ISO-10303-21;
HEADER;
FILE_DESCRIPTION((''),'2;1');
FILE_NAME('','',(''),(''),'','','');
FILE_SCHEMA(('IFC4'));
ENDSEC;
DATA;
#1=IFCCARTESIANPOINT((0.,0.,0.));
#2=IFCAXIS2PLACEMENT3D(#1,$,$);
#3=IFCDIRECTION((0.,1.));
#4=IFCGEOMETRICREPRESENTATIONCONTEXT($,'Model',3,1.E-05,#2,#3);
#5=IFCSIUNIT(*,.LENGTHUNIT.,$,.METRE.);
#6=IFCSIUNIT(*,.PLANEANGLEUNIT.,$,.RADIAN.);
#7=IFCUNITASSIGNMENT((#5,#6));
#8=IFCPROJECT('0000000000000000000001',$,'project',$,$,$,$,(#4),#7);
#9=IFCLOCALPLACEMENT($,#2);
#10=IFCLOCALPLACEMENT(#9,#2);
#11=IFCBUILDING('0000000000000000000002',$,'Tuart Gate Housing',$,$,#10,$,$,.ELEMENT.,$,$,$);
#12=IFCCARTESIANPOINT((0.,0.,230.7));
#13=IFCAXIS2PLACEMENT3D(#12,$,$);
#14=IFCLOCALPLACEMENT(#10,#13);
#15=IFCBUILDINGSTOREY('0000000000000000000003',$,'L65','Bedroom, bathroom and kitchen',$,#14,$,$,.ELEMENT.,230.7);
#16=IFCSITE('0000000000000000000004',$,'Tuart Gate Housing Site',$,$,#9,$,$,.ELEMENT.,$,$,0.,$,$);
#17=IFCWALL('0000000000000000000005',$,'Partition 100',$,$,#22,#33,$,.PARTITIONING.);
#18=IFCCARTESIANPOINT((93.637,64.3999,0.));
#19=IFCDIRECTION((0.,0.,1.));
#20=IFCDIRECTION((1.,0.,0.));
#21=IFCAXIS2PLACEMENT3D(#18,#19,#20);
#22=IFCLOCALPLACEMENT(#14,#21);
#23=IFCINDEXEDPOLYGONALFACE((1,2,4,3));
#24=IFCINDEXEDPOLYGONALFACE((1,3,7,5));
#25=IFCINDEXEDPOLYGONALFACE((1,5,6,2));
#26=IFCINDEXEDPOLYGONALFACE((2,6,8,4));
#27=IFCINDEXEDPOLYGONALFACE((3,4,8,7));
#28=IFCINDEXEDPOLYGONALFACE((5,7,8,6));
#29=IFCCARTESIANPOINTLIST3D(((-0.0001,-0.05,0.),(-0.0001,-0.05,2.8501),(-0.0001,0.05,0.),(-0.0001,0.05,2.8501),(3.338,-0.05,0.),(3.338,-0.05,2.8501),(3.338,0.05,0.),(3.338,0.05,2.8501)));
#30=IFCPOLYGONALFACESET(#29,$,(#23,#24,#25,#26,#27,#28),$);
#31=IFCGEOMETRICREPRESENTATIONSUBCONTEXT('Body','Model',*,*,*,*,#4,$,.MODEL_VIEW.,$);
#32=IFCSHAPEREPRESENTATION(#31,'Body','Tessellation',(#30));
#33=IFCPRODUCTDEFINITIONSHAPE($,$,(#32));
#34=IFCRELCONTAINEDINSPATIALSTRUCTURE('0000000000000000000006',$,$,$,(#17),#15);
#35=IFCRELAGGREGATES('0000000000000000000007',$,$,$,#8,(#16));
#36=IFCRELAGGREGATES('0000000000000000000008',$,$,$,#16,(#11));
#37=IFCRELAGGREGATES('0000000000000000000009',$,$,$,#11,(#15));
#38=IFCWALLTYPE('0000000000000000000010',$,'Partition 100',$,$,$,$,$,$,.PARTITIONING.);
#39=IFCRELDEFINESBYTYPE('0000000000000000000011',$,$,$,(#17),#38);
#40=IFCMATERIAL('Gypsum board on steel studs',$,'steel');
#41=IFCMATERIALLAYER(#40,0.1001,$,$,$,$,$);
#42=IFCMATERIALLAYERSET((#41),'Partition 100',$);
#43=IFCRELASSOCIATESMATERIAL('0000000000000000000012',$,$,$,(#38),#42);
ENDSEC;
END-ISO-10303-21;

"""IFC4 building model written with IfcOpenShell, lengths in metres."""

from ifc_helpers import new_model, si_unit, direction, frame, frame_2d, origin, place, context, subcontext, project, spatial, rectangle, extrude, material, layer, layer_set, type_object, element, save


model = new_model("IFC4")

# Units and contexts
model_context = context("Model", 3, precision=1e-05, world=origin(), true_north=direction((0.0, 1.0)))
body_context = subcontext(model_context, "Body", "Model", "MODEL_VIEW")
ifc_project = project(units=[si_unit("LENGTHUNIT", "METRE"), si_unit("PLANEANGLEUNIT", "RADIAN")], contexts=[model_context])

# Site, building, storey
site_placement = place(None, origin())
site = spatial("IfcSite", under=ifc_project, at=site_placement, Name="Tuart Gate Housing Site", CompositionType="ELEMENT", RefElevation=0.0)
building_placement = place(site_placement, origin())
building = spatial("IfcBuilding", under=site, at=building_placement, Name="Tuart Gate Housing", CompositionType="ELEMENT")
storey_placement = place(building_placement, frame((0.0, 0.0, 230.7)))
storey = spatial("IfcBuildingStorey", under=building, at=storey_placement, Name="L65", Description="Bedroom, bathroom and kitchen", CompositionType="ELEMENT", Elevation=230.7)

# Shared definitions
ifc_material_1 = material(Name="Gypsum board on steel studs", Category="steel")
ifc_layer_1 = layer(ifc_material_1, 0.1001)
ifc_layer_set_1 = layer_set([ifc_layer_1], Name="Partition 100")
wall_type_1 = type_object("IfcWallType", Name="Partition 100", PredefinedType="PARTITIONING", material=ifc_layer_set_1)

# Wall
wall_1_placement = place(storey_placement, frame((93.637, 64.3999, 0.0), z_axis=(0.0, 0.0, 1.0), x_axis=(1.0, 0.0, 0.0)))
element("IfcWall", 1, at=wall_1_placement, inside=storey, type_object=wall_type_1, Name="Partition 100", PredefinedType="PARTITIONING", context=body_context, shape_type="SweptSolid", body=[
    extrude(rectangle(XDim=3.3381, YDim=0.1001, at=frame_2d((1.6689, 0.0))), origin(), (0.0, 0.0, 1.0), 2.8501),
])

save(model, "model.ifc")
